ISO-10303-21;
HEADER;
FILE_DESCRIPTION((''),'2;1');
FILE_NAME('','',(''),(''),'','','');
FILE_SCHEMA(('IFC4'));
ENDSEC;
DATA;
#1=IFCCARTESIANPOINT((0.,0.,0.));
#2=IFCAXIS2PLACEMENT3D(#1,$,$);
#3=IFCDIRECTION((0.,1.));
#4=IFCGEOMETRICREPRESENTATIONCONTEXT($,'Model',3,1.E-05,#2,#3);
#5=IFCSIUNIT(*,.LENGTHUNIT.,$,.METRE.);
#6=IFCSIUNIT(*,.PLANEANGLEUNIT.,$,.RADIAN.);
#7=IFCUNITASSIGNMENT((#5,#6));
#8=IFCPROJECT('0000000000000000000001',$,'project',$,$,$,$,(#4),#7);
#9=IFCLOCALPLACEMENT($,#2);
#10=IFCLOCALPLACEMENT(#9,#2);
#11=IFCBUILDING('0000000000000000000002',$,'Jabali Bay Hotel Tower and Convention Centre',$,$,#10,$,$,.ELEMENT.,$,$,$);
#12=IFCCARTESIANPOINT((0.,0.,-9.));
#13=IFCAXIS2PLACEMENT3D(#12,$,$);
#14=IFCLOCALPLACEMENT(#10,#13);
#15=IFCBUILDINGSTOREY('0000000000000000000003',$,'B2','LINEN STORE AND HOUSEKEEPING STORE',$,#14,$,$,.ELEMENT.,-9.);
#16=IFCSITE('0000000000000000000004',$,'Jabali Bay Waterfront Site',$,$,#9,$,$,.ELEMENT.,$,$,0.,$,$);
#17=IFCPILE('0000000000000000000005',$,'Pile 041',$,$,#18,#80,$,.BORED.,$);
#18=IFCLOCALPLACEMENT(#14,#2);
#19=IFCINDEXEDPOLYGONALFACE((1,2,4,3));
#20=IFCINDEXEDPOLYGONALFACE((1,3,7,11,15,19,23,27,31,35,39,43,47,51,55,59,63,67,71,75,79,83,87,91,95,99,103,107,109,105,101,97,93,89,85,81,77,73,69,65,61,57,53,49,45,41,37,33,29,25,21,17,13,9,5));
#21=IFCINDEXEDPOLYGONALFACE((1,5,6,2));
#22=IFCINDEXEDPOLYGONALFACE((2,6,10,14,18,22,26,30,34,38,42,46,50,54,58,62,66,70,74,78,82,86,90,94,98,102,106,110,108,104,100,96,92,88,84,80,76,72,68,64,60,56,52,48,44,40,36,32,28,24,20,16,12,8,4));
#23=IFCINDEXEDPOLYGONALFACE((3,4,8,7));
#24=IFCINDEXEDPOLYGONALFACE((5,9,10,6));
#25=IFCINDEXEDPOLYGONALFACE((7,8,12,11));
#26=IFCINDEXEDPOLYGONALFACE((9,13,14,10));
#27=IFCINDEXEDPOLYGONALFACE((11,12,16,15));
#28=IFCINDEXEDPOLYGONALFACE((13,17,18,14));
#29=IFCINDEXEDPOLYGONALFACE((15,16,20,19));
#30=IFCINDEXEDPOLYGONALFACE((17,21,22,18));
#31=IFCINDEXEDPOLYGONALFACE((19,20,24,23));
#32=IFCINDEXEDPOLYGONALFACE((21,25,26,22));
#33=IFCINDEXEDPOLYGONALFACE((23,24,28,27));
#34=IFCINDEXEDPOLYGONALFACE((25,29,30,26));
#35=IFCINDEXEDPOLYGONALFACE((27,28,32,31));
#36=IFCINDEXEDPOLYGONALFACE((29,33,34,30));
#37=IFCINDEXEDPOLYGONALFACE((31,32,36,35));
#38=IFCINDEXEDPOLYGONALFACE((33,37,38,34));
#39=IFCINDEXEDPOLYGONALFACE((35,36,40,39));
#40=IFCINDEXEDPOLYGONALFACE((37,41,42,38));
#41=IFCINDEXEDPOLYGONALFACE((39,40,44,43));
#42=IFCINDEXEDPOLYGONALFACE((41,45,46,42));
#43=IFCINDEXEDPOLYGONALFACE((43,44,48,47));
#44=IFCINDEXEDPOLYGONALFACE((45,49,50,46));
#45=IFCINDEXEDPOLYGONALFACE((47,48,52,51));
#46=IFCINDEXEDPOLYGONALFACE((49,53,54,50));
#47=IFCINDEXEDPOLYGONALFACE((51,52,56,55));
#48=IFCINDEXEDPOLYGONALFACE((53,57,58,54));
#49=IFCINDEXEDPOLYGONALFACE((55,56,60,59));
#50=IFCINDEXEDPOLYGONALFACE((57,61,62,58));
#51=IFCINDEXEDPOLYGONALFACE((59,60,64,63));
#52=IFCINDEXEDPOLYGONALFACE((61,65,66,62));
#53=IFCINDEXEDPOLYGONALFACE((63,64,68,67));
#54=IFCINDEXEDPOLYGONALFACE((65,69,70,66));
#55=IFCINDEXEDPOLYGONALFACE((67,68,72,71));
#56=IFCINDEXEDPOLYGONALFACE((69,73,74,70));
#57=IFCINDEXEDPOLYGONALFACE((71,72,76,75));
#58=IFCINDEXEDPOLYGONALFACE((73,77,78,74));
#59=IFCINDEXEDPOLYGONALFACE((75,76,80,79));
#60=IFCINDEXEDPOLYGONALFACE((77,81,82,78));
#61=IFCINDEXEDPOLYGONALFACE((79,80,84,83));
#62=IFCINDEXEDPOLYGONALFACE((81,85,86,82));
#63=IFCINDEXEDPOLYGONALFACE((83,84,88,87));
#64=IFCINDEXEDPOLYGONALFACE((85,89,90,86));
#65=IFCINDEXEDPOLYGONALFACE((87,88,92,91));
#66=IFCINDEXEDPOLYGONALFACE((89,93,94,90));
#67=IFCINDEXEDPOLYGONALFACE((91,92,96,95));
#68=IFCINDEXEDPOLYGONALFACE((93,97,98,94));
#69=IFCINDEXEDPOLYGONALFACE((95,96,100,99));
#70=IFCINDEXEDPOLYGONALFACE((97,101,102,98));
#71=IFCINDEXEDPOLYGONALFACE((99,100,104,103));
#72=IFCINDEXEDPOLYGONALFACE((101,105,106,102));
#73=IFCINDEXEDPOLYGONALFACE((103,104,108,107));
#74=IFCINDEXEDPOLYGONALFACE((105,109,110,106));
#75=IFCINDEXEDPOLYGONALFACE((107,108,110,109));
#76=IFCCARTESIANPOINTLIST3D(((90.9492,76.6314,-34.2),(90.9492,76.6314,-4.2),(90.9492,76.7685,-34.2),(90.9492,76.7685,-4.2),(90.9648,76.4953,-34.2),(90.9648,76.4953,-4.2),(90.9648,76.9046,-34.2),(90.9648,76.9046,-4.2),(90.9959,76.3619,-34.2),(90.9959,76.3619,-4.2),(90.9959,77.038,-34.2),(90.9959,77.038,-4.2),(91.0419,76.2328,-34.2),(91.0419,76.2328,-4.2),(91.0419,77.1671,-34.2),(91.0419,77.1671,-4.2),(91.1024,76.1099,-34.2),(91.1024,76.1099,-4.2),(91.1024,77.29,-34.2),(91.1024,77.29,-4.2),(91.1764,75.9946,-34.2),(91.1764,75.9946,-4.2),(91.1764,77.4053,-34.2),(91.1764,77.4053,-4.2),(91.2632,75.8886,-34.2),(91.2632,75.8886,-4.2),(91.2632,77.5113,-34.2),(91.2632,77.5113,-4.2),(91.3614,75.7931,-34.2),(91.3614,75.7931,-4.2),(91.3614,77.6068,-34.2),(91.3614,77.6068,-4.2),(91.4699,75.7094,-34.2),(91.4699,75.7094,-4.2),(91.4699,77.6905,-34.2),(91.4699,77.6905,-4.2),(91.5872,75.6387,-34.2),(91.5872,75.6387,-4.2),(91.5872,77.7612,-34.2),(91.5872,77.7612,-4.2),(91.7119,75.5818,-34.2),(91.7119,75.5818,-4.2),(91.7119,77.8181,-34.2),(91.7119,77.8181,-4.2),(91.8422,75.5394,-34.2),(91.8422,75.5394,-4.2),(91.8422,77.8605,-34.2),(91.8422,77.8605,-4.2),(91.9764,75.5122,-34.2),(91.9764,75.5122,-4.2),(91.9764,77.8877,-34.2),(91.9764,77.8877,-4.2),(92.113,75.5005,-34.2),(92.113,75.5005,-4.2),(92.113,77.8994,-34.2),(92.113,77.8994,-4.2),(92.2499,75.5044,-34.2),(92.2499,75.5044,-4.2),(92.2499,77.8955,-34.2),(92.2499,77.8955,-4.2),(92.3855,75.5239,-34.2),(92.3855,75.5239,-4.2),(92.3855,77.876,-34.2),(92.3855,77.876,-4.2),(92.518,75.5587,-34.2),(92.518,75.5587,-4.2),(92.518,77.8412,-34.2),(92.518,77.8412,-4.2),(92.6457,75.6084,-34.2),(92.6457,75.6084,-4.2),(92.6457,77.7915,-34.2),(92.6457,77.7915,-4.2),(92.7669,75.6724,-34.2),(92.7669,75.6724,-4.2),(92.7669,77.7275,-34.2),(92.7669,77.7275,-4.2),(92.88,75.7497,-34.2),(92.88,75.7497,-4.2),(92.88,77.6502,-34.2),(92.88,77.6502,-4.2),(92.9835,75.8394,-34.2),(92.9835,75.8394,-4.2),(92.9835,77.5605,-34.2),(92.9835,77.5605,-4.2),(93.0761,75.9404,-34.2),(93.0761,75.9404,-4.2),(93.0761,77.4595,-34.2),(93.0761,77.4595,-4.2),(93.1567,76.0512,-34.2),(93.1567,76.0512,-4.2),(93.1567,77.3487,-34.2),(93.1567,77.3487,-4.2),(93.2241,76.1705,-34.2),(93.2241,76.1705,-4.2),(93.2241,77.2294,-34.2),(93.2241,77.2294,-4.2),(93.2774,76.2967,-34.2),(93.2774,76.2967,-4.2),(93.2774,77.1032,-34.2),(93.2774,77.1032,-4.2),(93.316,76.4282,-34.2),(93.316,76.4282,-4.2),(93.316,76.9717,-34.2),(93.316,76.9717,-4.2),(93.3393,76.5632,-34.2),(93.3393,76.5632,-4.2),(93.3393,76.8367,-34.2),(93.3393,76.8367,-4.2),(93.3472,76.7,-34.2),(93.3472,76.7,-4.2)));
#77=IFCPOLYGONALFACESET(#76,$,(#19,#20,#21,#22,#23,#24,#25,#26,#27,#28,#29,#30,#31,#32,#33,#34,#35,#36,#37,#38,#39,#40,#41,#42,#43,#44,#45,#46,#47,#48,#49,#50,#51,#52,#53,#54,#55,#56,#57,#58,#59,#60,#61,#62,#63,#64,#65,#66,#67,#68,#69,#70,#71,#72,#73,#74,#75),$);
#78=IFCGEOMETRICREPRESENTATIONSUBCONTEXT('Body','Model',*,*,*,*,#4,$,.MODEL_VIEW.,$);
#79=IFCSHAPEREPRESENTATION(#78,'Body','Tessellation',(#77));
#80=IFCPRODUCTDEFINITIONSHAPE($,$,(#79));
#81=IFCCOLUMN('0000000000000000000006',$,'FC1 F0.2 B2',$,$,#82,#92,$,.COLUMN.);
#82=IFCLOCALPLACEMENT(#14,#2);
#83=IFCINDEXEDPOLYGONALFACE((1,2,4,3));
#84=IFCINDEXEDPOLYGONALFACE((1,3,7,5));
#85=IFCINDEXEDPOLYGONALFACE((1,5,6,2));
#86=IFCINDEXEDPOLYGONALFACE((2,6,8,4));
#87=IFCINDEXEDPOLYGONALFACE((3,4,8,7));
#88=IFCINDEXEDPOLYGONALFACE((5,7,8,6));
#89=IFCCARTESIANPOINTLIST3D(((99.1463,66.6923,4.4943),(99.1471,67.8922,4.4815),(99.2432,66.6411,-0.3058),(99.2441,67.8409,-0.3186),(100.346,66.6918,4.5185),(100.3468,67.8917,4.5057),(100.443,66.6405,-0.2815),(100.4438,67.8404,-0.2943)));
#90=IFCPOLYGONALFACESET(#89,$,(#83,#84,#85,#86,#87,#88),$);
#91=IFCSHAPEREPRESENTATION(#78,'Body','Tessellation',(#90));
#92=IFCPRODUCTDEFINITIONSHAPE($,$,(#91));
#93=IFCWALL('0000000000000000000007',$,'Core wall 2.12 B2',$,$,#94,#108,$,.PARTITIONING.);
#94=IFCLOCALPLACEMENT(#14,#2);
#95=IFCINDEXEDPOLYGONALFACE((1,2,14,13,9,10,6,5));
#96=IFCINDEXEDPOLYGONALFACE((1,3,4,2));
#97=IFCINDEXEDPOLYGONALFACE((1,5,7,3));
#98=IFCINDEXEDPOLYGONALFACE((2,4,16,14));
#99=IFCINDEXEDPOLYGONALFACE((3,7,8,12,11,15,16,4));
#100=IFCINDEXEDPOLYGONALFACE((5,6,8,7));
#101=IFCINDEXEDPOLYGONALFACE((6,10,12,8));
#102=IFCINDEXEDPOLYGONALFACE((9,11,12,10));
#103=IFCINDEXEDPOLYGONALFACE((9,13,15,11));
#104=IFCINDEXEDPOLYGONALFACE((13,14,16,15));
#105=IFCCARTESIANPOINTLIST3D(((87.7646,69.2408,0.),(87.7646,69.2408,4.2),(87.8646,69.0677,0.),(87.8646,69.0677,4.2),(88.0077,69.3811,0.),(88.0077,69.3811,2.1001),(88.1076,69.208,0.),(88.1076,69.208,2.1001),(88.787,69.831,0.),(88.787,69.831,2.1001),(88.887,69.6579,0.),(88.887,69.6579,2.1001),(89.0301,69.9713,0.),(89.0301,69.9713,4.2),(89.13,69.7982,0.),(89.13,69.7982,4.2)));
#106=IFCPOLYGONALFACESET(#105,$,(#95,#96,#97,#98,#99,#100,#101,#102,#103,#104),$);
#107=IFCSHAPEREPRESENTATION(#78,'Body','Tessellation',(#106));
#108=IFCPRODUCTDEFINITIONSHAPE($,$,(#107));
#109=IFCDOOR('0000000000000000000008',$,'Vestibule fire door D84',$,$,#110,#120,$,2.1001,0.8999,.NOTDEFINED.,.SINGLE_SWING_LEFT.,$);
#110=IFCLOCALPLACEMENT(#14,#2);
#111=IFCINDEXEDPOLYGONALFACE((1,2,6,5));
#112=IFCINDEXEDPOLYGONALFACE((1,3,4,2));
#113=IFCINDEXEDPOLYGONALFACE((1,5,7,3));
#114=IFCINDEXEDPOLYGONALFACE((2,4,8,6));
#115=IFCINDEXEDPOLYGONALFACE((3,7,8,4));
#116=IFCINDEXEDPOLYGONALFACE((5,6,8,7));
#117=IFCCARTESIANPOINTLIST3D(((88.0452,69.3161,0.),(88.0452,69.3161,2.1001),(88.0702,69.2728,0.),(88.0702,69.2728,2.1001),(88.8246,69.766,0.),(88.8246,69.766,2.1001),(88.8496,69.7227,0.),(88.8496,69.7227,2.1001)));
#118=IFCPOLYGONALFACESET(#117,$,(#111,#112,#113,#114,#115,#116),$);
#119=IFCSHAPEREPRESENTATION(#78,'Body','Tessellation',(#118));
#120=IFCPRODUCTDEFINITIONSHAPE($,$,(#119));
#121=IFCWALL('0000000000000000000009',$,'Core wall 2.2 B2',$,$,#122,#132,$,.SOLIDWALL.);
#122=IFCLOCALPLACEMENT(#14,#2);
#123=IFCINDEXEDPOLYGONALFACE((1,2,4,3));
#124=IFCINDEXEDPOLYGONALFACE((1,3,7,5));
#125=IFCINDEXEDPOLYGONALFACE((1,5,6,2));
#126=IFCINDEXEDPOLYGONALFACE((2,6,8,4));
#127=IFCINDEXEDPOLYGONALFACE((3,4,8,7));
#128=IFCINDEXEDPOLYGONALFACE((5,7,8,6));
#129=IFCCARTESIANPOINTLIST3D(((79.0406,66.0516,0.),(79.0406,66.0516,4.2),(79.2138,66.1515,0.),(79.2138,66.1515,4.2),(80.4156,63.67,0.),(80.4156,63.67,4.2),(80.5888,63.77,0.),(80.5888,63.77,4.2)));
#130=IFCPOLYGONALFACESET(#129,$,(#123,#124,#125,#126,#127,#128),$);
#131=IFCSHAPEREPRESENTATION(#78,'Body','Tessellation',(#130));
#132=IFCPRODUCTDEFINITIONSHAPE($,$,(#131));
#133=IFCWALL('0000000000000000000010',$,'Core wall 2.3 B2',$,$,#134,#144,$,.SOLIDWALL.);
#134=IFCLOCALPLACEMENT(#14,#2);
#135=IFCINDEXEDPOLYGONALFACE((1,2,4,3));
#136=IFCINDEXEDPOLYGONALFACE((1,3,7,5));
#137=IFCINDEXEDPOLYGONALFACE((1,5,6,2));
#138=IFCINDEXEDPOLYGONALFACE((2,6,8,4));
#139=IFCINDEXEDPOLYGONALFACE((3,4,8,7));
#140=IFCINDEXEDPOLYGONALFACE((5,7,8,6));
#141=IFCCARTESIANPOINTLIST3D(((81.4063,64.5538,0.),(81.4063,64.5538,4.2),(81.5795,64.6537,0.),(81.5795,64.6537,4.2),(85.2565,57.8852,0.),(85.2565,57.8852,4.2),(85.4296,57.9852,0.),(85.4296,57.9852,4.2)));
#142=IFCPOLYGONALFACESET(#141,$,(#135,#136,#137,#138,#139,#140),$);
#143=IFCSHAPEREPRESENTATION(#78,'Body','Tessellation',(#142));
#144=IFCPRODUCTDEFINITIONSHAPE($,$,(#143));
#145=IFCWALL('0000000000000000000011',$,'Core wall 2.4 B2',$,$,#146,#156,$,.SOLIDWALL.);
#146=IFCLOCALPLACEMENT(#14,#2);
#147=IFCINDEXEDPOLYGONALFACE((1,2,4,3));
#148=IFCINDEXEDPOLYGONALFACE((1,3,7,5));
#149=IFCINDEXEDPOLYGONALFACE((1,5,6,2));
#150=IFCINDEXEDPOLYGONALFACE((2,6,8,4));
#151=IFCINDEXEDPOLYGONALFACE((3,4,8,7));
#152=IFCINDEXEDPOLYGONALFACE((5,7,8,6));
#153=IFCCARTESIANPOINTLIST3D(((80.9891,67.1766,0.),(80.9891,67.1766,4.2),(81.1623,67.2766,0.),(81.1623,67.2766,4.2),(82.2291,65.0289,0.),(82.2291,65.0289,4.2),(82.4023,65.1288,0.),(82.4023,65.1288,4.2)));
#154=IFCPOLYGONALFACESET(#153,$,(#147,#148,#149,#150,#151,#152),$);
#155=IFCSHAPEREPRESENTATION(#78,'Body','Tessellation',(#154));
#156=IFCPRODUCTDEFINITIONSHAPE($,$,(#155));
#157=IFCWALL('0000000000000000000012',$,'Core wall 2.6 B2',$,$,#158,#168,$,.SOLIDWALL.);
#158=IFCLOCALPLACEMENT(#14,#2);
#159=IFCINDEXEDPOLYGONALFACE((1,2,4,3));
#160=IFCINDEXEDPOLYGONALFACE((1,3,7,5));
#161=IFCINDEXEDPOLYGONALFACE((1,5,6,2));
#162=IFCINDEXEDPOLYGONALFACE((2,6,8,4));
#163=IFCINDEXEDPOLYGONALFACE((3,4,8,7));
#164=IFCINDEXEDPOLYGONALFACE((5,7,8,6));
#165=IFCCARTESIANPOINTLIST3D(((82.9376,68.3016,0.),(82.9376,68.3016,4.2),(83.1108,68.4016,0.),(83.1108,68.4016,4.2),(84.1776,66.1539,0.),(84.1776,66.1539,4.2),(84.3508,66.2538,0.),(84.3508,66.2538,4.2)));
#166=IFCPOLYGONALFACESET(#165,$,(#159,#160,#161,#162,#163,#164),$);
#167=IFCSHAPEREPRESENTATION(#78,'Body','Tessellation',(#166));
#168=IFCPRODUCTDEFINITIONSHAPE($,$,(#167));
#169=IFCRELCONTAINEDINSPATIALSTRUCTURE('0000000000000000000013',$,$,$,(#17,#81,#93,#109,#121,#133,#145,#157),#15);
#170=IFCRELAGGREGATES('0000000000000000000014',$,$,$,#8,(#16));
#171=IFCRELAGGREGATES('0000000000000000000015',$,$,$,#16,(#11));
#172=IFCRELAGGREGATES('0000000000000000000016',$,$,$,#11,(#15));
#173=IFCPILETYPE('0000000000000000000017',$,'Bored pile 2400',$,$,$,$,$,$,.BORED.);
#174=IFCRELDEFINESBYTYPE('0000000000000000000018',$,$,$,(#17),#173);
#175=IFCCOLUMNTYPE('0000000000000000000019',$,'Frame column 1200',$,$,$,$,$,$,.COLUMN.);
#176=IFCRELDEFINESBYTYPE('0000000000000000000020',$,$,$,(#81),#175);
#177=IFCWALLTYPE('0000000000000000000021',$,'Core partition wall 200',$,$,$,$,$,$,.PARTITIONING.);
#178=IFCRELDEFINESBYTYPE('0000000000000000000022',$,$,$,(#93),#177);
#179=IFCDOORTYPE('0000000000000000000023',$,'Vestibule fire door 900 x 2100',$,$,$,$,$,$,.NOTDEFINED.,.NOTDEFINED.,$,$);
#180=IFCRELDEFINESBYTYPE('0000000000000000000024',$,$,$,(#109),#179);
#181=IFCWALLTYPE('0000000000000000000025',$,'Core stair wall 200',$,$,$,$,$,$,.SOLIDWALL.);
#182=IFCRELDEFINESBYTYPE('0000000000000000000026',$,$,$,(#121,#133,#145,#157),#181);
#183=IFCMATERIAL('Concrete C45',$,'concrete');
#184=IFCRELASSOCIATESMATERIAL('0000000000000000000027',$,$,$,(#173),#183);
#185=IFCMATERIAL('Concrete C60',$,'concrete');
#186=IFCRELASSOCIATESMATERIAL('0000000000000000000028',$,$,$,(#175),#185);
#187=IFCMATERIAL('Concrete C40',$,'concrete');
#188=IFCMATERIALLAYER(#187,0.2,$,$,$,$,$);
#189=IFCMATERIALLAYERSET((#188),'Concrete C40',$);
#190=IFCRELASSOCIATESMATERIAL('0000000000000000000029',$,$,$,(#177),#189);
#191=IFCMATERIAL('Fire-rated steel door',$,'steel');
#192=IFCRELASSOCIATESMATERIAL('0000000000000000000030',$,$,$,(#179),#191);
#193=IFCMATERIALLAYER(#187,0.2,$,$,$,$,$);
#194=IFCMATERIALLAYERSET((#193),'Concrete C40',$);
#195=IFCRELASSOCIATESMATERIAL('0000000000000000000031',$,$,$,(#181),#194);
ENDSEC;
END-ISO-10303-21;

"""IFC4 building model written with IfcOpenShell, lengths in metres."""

from ifc_helpers import new_model, si_unit, direction, frame, frame_2d, origin, origin_2d, place, context, subcontext, project, spatial, rectangle, circle, extrude, material, layer, layer_set, material_profile, profile_set, type_object, element, fill, save


model = new_model("IFC4")

# Units and contexts
model_context = context("Model", 3, precision=1e-05, world=origin(), true_north=direction((0.0, 1.0)))
body_context = subcontext(model_context, "Body", "Model", "MODEL_VIEW")
ifc_project = project(units=[si_unit("LENGTHUNIT", "METRE"), si_unit("PLANEANGLEUNIT", "RADIAN")], contexts=[model_context])

# Site, building, storey
site_placement = place(None, origin())
site = spatial("IfcSite", under=ifc_project, at=site_placement, Name="Jabali Bay Waterfront Site", CompositionType="ELEMENT", RefElevation=0.0)
building_placement = place(site_placement, origin())
building = spatial("IfcBuilding", under=site, at=building_placement, Name="Jabali Bay Hotel Tower and Convention Centre", CompositionType="ELEMENT")
storey_placement = place(building_placement, frame((0.0, 0.0, -9.0)))
storey = spatial("IfcBuildingStorey", under=building, at=storey_placement, Name="B2", Description="LINEN STORE AND HOUSEKEEPING STORE", CompositionType="ELEMENT", Elevation=-9.0)

# Pile
ifc_material_1 = material(Name="Concrete C45", Category="concrete")
ifc_material_profile_1 = material_profile(ifc_material_1, circle(Radius=1.2, at=origin_2d()), Name="Bored pile 2400")
ifc_profile_set_1 = profile_set([ifc_material_profile_1], Name="Concrete C45")
pile_type = type_object("IfcPileType", Name="Bored pile 2400", PredefinedType="BORED", material=ifc_profile_set_1)
for number, where, z_axis, x_axis, name in (
    (1, (92.1472, 76.7, -4.2), (0.0, 0.0, -1.0), (1.0, 0.0, 0.0), "Pile 041"),
):
    element("IfcPile", number, at=place(storey_placement, frame(where, z_axis=z_axis, x_axis=x_axis)), inside=storey, type_object=pile_type, Name=name, PredefinedType="BORED", context=body_context, shape_type="SweptSolid", body=[
        extrude(circle(Radius=1.2, at=origin_2d()), origin(), (0.0, 0.0, 1.0), 30.0),
    ])

# Column
ifc_material_2 = material(Name="Concrete C60", Category="concrete")
ifc_material_profile_2 = material_profile(ifc_material_2, rectangle(XDim=1.2, YDim=1.2, at=origin_2d()), Name="Frame column 1200")
ifc_profile_set_2 = profile_set([ifc_material_profile_2], Name="Concrete C60")
column_type = type_object("IfcColumnType", Name="Frame column 1200", PredefinedType="COLUMN", material=ifc_profile_set_2)
column_placement = place(storey_placement, frame((99.8435, 67.2407, -0.3), z_axis=(-0.020187, 0.010678, 0.999739), x_axis=(-0.000673, -0.999943, 0.010667)))
element("IfcColumn", 2, at=column_placement, inside=storey, type_object=column_type, Name="FC1 F0.2 B2", PredefinedType="COLUMN", context=body_context, shape_type="SweptSolid", body=[
    extrude(rectangle(XDim=1.2, YDim=1.2, at=origin_2d()), origin(), (0.0, 0.0, 1.0), 4.8013),
])

# Wall, opening, door
ifc_material_3 = material(Name="Concrete C40", Category="concrete")
ifc_layer_1 = layer(ifc_material_3, 0.2)
ifc_layer_set_1 = layer_set([ifc_layer_1], Name="Concrete C40")
wall_type_1 = type_object("IfcWallType", Name="Core partition wall 200", PredefinedType="PARTITIONING", material=ifc_layer_set_1)
wall_1_placement = place(storey_placement, frame((87.8147, 69.1543, 0.0), z_axis=(0.0, 0.0, 1.0), x_axis=(0.866055, 0.499949, 0.0)))
wall_1 = element("IfcWall", 3, at=wall_1_placement, inside=storey, type_object=wall_type_1, Name="Core wall 2.12 B2", PredefinedType="PARTITIONING", context=body_context, shape_type="SweptSolid", body=[
    extrude(rectangle(XDim=1.4612, YDim=0.2, at=frame_2d((0.7305, 0.0))), origin(), (0.0, 0.0, 1.0), 4.2),
])
opening_1_placement = place(wall_1_placement, frame((0.2805, 0.0, 0.0)))
opening_1 = element("IfcOpeningElement", 4, at=opening_1_placement, cuts=wall_1, PredefinedType="OPENING", context=body_context, shape_type="SweptSolid", body=[
    extrude(rectangle(XDim=0.8999, YDim=2.1001, at=frame_2d((0.45, 1.05))), frame((0.0, 0.1104, 0.0), z_axis=(0.0, -1.0, 0.0), x_axis=(1.0, 0.0, 0.0)), (0.0, 0.0, 1.0), 0.2209),
])
ifc_material_4 = material(Name="Fire-rated steel door", Category="steel")
door_type_1 = type_object("IfcDoorType", Name="Vestibule fire door 900 x 2100", OperationType="NOTDEFINED", PredefinedType="NOTDEFINED", material=ifc_material_4)
door_1_placement = place(opening_1_placement, origin())
door_1 = element("IfcDoor", 5, at=door_1_placement, inside=storey, type_object=door_type_1, Name="Vestibule fire door D84", OperationType="SINGLE_SWING_LEFT", OverallHeight=2.1001, OverallWidth=0.8999, PredefinedType="NOTDEFINED", context=body_context, shape_type="SweptSolid", body=[
    extrude(rectangle(XDim=0.8999, YDim=2.1001, at=frame_2d((0.45, 1.05))), frame((0.0, 0.0249, 0.0), z_axis=(0.0, -1.0, 0.0), x_axis=(1.0, 0.0, 0.0)), (0.0, 0.0, 1.0), 0.05),
])
fill(opening_1, door_1)

# Walls
ifc_layer_2 = layer(ifc_material_3, 0.2)
ifc_layer_set_2 = layer_set([ifc_layer_2], Name="Concrete C40")
wall_type_2 = type_object("IfcWallType", Name="Core stair wall 200", PredefinedType="SOLIDWALL", material=ifc_layer_set_2)
wall_2_placement = place(storey_placement, frame((79.1272, 66.1016, 0.0), z_axis=(0.0, 0.0, 1.0), x_axis=(0.499997, -0.866027, 0.0)))
element("IfcWall", 6, at=wall_2_placement, inside=storey, type_object=wall_type_2, Name="Core wall 2.2 B2", PredefinedType="SOLIDWALL", context=body_context, shape_type="SweptSolid", body=[
    extrude(rectangle(XDim=2.75, YDim=0.2, at=frame_2d((1.375, 0.0))), origin(), (0.0, 0.0, 1.0), 4.2),
])
wall_3_placement = place(storey_placement, frame((81.4929, 64.6038, 0.0), z_axis=(0.0, 0.0, 1.0), x_axis=(0.500006, -0.866022, 0.0)))
element("IfcWall", 7, at=wall_3_placement, inside=storey, type_object=wall_type_2, Name="Core wall 2.3 B2", PredefinedType="SOLIDWALL", context=body_context, shape_type="SweptSolid", body=[
    extrude(rectangle(XDim=7.7002, YDim=0.2, at=frame_2d((3.8501, 0.0))), origin(), (0.0, 0.0, 1.0), 4.2),
])
for number, where, z_axis, x_axis, name in (
    (8, (81.0757, 67.2266, 0.0), (0.0, 0.0, 1.0), (0.500004, -0.866023, 0.0), "Core wall 2.4 B2"),
    (9, (83.0242, 68.3516, 0.0), (0.0, 0.0, 1.0), (0.500004, -0.866023, 0.0), "Core wall 2.6 B2"),
):
    element("IfcWall", number, at=place(storey_placement, frame(where, z_axis=z_axis, x_axis=x_axis)), inside=storey, type_object=wall_type_2, Name=name, PredefinedType="SOLIDWALL", context=body_context, shape_type="SweptSolid", body=[
        extrude(rectangle(XDim=2.48, YDim=0.2, at=frame_2d((1.24, 0.0))), origin(), (0.0, 0.0, 1.0), 4.2),
    ])

save(model, "model.ifc")
